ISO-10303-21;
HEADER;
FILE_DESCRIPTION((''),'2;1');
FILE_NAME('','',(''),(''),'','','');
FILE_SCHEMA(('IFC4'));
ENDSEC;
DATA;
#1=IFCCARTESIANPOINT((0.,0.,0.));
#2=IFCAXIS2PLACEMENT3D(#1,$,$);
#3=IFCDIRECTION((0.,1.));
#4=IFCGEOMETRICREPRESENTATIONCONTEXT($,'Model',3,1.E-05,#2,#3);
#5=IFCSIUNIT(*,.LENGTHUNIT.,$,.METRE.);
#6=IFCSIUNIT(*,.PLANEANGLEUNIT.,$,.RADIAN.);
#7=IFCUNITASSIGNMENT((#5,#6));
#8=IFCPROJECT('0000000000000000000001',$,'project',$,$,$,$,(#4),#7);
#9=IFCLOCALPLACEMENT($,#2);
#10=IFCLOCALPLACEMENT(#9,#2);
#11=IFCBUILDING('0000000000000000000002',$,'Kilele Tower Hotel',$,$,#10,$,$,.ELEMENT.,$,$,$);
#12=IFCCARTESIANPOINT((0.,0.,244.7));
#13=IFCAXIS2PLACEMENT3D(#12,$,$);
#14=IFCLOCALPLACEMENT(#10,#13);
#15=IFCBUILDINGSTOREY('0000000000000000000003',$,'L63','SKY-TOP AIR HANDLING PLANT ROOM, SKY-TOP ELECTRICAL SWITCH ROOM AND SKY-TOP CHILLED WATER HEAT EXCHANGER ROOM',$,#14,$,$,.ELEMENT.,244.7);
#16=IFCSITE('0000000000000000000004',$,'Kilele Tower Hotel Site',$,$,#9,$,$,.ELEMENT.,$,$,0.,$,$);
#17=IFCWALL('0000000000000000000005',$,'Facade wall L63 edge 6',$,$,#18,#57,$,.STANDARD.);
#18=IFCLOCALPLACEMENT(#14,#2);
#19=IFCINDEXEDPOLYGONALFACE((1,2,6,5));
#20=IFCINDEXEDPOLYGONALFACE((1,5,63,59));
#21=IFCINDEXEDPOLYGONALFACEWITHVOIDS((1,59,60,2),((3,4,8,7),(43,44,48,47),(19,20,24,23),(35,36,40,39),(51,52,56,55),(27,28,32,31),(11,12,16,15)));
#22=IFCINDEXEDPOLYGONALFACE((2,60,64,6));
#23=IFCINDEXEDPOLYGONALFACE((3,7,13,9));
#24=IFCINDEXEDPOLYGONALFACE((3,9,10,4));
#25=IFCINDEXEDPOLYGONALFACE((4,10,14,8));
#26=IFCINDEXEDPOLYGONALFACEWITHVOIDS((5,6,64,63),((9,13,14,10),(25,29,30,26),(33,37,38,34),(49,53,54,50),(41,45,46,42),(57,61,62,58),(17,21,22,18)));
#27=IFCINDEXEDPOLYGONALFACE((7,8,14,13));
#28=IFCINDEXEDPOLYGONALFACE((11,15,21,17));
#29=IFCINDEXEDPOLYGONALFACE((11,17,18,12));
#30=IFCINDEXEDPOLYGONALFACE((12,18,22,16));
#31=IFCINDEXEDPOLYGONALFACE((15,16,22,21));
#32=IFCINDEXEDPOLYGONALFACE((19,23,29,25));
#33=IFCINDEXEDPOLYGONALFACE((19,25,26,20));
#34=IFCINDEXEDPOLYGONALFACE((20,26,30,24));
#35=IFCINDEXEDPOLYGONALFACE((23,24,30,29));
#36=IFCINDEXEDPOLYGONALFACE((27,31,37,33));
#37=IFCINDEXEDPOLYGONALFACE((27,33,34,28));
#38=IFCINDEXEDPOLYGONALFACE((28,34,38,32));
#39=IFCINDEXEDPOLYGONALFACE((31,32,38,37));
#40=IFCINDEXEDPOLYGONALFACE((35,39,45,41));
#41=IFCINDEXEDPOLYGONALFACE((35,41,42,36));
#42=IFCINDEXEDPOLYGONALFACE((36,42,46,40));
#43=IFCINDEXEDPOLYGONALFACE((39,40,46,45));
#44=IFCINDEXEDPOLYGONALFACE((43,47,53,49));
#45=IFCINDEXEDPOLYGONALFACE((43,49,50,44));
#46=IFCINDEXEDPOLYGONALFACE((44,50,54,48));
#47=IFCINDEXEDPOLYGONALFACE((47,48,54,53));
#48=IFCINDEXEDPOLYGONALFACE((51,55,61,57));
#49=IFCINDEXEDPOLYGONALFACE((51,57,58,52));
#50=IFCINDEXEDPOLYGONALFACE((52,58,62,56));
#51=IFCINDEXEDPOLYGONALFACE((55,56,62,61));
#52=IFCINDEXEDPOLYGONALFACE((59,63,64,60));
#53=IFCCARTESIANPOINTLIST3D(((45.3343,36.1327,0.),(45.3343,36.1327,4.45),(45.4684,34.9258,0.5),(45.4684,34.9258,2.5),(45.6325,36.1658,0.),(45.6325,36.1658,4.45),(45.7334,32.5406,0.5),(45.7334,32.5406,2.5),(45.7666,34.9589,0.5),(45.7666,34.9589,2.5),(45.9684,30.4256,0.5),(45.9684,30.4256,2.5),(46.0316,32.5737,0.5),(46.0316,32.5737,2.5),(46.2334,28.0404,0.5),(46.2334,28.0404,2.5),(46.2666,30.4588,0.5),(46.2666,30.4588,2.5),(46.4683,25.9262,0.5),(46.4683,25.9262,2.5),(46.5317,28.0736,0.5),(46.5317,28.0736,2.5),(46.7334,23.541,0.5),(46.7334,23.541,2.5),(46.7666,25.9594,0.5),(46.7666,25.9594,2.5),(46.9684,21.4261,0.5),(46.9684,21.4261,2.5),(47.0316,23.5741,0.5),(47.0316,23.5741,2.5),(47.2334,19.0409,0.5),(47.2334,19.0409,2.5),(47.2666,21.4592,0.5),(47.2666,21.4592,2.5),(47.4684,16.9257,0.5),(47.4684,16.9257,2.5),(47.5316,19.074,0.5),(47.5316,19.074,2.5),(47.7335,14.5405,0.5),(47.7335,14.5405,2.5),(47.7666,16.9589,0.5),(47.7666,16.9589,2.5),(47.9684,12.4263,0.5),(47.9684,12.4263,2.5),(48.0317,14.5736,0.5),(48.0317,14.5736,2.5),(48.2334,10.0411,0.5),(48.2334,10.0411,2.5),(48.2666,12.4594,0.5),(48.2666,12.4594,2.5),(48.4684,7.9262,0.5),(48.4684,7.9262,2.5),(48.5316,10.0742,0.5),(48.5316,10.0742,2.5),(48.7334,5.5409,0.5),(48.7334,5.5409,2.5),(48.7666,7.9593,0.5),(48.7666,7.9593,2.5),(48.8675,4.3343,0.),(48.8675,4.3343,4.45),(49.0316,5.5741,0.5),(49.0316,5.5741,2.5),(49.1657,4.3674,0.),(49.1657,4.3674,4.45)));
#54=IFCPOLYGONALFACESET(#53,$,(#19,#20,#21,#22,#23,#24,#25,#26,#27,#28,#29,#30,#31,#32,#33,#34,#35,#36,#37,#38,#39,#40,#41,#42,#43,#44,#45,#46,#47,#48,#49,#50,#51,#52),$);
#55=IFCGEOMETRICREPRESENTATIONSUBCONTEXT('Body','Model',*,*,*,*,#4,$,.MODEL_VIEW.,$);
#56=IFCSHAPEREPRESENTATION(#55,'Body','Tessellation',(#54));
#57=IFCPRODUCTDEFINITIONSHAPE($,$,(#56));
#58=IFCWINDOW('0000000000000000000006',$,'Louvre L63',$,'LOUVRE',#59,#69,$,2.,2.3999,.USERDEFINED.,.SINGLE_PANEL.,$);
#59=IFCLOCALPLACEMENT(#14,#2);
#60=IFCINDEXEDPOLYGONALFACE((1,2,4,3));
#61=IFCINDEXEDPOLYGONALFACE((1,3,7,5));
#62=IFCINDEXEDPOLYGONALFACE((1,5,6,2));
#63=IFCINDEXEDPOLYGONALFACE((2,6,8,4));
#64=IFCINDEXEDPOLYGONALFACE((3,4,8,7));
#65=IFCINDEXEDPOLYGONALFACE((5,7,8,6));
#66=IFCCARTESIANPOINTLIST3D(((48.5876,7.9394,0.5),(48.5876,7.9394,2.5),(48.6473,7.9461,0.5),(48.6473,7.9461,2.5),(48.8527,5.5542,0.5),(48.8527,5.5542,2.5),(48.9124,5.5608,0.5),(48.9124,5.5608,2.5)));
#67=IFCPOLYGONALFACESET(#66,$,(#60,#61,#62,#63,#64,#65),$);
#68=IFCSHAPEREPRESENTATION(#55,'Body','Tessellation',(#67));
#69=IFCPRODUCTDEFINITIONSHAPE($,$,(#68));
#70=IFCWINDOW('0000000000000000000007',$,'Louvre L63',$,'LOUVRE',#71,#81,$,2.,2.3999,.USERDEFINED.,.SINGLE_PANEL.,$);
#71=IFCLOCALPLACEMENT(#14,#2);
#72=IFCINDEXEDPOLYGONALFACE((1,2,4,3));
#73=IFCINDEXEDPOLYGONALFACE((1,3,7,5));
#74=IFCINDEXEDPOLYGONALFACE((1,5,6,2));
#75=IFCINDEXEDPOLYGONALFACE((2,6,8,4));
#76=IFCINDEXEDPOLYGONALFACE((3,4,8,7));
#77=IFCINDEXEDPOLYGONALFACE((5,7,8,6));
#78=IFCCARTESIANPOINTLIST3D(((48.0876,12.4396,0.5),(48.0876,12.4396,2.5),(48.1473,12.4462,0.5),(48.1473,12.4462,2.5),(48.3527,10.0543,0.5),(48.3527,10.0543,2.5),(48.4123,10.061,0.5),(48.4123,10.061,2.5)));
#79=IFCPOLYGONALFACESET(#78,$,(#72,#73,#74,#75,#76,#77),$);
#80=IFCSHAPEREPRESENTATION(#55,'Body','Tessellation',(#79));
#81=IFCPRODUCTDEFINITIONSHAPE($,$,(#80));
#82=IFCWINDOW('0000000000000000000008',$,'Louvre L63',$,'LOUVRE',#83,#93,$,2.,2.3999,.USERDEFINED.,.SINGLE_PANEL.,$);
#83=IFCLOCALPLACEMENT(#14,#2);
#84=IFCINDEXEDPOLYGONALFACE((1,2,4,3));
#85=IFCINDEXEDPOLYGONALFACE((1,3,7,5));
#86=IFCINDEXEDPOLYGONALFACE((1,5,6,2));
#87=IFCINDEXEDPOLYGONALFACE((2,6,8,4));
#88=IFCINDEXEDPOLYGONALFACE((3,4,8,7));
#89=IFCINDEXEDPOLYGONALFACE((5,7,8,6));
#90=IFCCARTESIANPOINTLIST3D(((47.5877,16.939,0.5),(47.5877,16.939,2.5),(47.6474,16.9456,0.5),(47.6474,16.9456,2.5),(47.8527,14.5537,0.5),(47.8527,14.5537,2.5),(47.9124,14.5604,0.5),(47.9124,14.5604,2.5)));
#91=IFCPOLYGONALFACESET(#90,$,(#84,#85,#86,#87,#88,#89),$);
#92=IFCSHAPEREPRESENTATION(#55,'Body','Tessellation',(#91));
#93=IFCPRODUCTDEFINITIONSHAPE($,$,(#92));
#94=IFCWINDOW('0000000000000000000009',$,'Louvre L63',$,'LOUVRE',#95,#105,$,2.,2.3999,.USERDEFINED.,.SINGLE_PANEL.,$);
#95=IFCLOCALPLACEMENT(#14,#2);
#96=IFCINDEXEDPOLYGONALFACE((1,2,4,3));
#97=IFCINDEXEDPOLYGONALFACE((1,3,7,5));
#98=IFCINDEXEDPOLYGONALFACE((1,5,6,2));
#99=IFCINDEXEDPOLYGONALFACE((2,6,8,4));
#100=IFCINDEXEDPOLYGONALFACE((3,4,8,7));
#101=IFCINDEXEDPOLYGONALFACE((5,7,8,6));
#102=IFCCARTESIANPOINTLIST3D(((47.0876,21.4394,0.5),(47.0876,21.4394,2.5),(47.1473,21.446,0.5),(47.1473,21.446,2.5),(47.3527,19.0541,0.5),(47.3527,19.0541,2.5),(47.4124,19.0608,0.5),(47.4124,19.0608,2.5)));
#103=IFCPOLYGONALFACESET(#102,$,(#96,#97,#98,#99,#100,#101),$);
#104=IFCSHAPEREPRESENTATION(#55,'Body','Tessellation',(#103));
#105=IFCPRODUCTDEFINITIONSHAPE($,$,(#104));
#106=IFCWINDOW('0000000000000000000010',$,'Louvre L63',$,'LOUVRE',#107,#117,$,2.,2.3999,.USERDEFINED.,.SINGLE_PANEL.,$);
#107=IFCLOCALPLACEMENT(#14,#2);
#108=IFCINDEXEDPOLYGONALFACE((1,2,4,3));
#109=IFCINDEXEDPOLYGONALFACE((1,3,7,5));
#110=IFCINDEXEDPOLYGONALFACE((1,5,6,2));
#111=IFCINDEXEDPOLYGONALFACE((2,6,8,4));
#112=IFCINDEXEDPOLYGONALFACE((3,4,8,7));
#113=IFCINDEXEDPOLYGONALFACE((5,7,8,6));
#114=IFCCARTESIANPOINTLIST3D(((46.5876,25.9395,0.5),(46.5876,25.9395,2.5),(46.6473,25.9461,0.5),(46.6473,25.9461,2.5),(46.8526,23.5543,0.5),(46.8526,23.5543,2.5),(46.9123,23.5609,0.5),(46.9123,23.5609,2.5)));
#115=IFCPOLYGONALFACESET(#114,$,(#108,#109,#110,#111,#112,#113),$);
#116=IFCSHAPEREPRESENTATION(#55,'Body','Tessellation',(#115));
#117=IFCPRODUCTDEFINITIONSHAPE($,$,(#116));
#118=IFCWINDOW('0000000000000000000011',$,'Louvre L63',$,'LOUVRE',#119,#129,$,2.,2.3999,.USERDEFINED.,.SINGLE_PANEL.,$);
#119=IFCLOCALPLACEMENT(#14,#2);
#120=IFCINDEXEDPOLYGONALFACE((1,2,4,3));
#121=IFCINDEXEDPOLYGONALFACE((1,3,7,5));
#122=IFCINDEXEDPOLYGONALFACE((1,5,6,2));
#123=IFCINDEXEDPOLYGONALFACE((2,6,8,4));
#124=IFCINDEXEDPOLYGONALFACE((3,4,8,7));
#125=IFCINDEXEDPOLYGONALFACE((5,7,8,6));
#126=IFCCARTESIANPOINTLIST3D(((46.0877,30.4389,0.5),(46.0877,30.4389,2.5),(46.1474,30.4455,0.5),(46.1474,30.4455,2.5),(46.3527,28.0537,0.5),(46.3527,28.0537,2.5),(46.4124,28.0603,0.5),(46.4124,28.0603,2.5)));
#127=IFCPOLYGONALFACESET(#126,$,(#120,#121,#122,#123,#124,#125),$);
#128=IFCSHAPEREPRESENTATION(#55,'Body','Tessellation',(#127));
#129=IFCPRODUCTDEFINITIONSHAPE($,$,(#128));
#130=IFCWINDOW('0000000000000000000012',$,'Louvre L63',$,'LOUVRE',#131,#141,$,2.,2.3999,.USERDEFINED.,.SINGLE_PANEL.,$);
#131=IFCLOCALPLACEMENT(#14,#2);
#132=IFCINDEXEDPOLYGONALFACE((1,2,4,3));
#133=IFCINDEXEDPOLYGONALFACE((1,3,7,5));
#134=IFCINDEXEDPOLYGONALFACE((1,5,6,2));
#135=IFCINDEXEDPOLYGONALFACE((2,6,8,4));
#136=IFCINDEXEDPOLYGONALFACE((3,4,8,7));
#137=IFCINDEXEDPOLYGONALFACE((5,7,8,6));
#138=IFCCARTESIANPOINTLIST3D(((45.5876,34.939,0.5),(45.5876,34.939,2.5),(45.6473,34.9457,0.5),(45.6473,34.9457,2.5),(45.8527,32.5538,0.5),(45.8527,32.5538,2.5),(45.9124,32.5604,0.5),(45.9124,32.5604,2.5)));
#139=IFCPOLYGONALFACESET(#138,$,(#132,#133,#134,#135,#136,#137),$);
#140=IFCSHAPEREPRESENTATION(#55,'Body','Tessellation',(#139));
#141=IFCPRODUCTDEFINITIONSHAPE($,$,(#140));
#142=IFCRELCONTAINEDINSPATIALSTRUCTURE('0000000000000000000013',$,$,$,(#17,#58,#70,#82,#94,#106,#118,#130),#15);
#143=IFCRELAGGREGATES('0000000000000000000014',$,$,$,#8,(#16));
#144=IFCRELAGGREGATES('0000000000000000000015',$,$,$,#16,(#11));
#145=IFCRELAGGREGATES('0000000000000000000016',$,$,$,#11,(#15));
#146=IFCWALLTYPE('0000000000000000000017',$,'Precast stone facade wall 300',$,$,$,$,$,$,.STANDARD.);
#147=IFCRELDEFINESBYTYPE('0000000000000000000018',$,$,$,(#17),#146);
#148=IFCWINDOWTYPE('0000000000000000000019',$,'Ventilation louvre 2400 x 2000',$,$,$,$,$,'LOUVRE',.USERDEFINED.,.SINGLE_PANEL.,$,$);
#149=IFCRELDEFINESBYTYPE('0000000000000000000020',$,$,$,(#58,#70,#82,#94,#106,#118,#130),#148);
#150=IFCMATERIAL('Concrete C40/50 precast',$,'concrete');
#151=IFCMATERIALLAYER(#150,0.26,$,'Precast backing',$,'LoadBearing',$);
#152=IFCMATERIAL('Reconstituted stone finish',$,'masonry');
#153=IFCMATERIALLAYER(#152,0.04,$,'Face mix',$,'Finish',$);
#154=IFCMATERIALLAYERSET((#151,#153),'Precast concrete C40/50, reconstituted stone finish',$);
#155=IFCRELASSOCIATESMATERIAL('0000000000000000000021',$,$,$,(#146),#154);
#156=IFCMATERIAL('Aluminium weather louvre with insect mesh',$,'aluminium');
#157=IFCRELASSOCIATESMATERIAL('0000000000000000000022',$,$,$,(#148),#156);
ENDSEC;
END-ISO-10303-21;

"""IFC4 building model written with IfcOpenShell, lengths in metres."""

from ifc_helpers import new_model, si_unit, direction, frame, frame_2d, origin, place, context, subcontext, project, spatial, rectangle, extrude, material, layer, layer_set, type_object, element, fill, save


model = new_model("IFC4")

# Units and contexts
model_context = context("Model", 3, precision=1e-05, world=origin(), true_north=direction((0.0, 1.0)))
body_context = subcontext(model_context, "Body", "Model", "MODEL_VIEW")
ifc_project = project(units=[si_unit("LENGTHUNIT", "METRE"), si_unit("PLANEANGLEUNIT", "RADIAN")], contexts=[model_context])

# Site, building, storey
site_placement = place(None, origin())
site = spatial("IfcSite", under=ifc_project, at=site_placement, Name="Kilele Tower Hotel Site", CompositionType="ELEMENT", RefElevation=0.0)
building_placement = place(site_placement, origin())
building = spatial("IfcBuilding", under=site, at=building_placement, Name="Kilele Tower Hotel", CompositionType="ELEMENT")
storey_placement = place(building_placement, frame((0.0, 0.0, 244.7)))
storey = spatial("IfcBuildingStorey", under=building, at=storey_placement, Name="L63", Description="SKY-TOP AIR HANDLING PLANT ROOM, SKY-TOP ELECTRICAL SWITCH ROOM AND SKY-TOP CHILLED WATER HEAT EXCHANGER ROOM", CompositionType="ELEMENT", Elevation=244.7)

# Shared definitions
ifc_material_1 = material(Name="Concrete C40/50 precast", Category="concrete")
ifc_layer_1 = layer(ifc_material_1, 0.26, Name="Precast backing", Category="LoadBearing")
ifc_material_2 = material(Name="Reconstituted stone finish", Category="masonry")
ifc_layer_2 = layer(ifc_material_2, 0.04, Name="Face mix", Category="Finish")
ifc_layer_set_1 = layer_set([ifc_layer_1, ifc_layer_2], Name="Precast concrete C40/50, reconstituted stone finish")
wall_type_1 = type_object("IfcWallType", Name="Precast stone facade wall 300", PredefinedType="STANDARD", material=ifc_layer_set_1)
ifc_material_3 = material(Name="Aluminium weather louvre with insect mesh", Category="aluminium")
window_type_1 = type_object("IfcWindowType", Name="Ventilation louvre 2400 x 2000", ElementType="LOUVRE", PartitioningType="SINGLE_PANEL", PredefinedType="USERDEFINED", material=ifc_material_3)

# Wall, openings, windows
wall_1_placement = place(storey_placement, frame((49.0166, 4.3508, 0.0), z_axis=(0.0, 0.0, 1.0), x_axis=(-0.110433, 0.993884, 0.0)))
wall_1 = element("IfcWall", 1, at=wall_1_placement, inside=storey, type_object=wall_type_1, Name="Facade wall L63 edge 6", PredefinedType="STANDARD", context=body_context, shape_type="SweptSolid", body=[
    extrude(rectangle(XDim=31.9941, YDim=0.3, at=frame_2d((15.9971, 0.0))), origin(), (0.0, 0.0, 1.0), 4.45),
])
opening_1_placement = place(wall_1_placement, frame((1.2141, 0.0, 0.5)))
opening_1 = element("IfcOpeningElement", 2, at=opening_1_placement, cuts=wall_1, PredefinedType="OPENING", context=body_context, shape_type="SweptSolid", body=[
    extrude(rectangle(XDim=2.3999, YDim=2.0, at=frame_2d((1.2, 1.0))), frame((0.0, 0.1599, 0.0), z_axis=(0.0, -1.0, 0.0), x_axis=(1.0, 0.0, 0.0)), (0.0, 0.0, 1.0), 0.3201),
])
opening_2_placement = place(wall_1_placement, frame((5.7419, 0.0, 0.5)))
opening_2 = element("IfcOpeningElement", 3, at=opening_2_placement, cuts=wall_1, PredefinedType="OPENING", context=body_context, shape_type="SweptSolid", body=[
    extrude(rectangle(XDim=2.3999, YDim=2.0, at=frame_2d((1.2, 1.0))), frame((0.0, 0.1599, 0.0), z_axis=(0.0, -1.0, 0.0), x_axis=(1.0, 0.0, 0.0)), (0.0, 0.0, 1.0), 0.3201),
])
opening_3_placement = place(wall_1_placement, frame((10.269, 0.0, 0.5)))
opening_3 = element("IfcOpeningElement", 4, at=opening_3_placement, cuts=wall_1, PredefinedType="OPENING", context=body_context, shape_type="SweptSolid", body=[
    extrude(rectangle(XDim=2.3999, YDim=2.0, at=frame_2d((1.2, 1.0))), frame((0.0, 0.1599, 0.0), z_axis=(0.0, -1.0, 0.0), x_axis=(1.0, 0.0, 0.0)), (0.0, 0.0, 1.0), 0.3201),
])
opening_4_placement = place(wall_1_placement, frame((14.7971, 0.0, 0.5)))
opening_4 = element("IfcOpeningElement", 5, at=opening_4_placement, cuts=wall_1, PredefinedType="OPENING", context=body_context, shape_type="SweptSolid", body=[
    extrude(rectangle(XDim=2.3999, YDim=2.0, at=frame_2d((1.2, 1.0))), frame((0.0, 0.1599, 0.0), z_axis=(0.0, -1.0, 0.0), x_axis=(1.0, 0.0, 0.0)), (0.0, 0.0, 1.0), 0.3201),
])
opening_5_placement = place(wall_1_placement, frame((19.325, 0.0, 0.5)))
opening_5 = element("IfcOpeningElement", 6, at=opening_5_placement, cuts=wall_1, PredefinedType="OPENING", context=body_context, shape_type="SweptSolid", body=[
    extrude(rectangle(XDim=2.3999, YDim=2.0, at=frame_2d((1.2, 1.0))), frame((0.0, 0.1599, 0.0), z_axis=(0.0, -1.0, 0.0), x_axis=(1.0, 0.0, 0.0)), (0.0, 0.0, 1.0), 0.3201),
])
opening_6_placement = place(wall_1_placement, frame((23.8521, 0.0, 0.5)))
opening_6 = element("IfcOpeningElement", 7, at=opening_6_placement, cuts=wall_1, PredefinedType="OPENING", context=body_context, shape_type="SweptSolid", body=[
    extrude(rectangle(XDim=2.3999, YDim=2.0, at=frame_2d((1.2, 1.0))), frame((0.0, 0.1599, 0.0), z_axis=(0.0, -1.0, 0.0), x_axis=(1.0, 0.0, 0.0)), (0.0, 0.0, 1.0), 0.3201),
])
opening_7_placement = place(wall_1_placement, frame((28.3799, 0.0, 0.5)))
opening_7 = element("IfcOpeningElement", 8, at=opening_7_placement, cuts=wall_1, PredefinedType="OPENING", context=body_context, shape_type="SweptSolid", body=[
    extrude(rectangle(XDim=2.3999, YDim=2.0, at=frame_2d((1.2, 1.0))), frame((0.0, 0.1599, 0.0), z_axis=(0.0, -1.0, 0.0), x_axis=(1.0, 0.0, 0.0)), (0.0, 0.0, 1.0), 0.3201),
])
window_1_placement = place(opening_1_placement, origin())
window_1 = element("IfcWindow", 9, at=window_1_placement, inside=storey, type_object=window_type_1, Name="Louvre L63", ObjectType="LOUVRE", OverallHeight=2.0, OverallWidth=2.3999, PartitioningType="SINGLE_PANEL", PredefinedType="USERDEFINED", context=body_context, shape_type="SweptSolid", body=[
    extrude(rectangle(XDim=2.3999, YDim=2.0, at=frame_2d((1.2, 1.0))), frame((0.0, 0.03, 0.0), z_axis=(0.0, -1.0, 0.0), x_axis=(1.0, 0.0, 0.0)), (0.0, 0.0, 1.0), 0.0601),
])
fill(opening_1, window_1)
window_2_placement = place(opening_2_placement, origin())
window_2 = element("IfcWindow", 10, at=window_2_placement, inside=storey, type_object=window_type_1, Name="Louvre L63", ObjectType="LOUVRE", OverallHeight=2.0, OverallWidth=2.3999, PartitioningType="SINGLE_PANEL", PredefinedType="USERDEFINED", context=body_context, shape_type="SweptSolid", body=[
    extrude(rectangle(XDim=2.3999, YDim=2.0, at=frame_2d((1.2, 1.0))), frame((0.0, 0.03, 0.0), z_axis=(0.0, -1.0, 0.0), x_axis=(1.0, 0.0, 0.0)), (0.0, 0.0, 1.0), 0.0601),
])
fill(opening_2, window_2)
window_3_placement = place(opening_3_placement, origin())
window_3 = element("IfcWindow", 11, at=window_3_placement, inside=storey, type_object=window_type_1, Name="Louvre L63", ObjectType="LOUVRE", OverallHeight=2.0, OverallWidth=2.3999, PartitioningType="SINGLE_PANEL", PredefinedType="USERDEFINED", context=body_context, shape_type="SweptSolid", body=[
    extrude(rectangle(XDim=2.3999, YDim=2.0, at=frame_2d((1.2, 1.0))), frame((0.0, 0.03, 0.0), z_axis=(0.0, -1.0, 0.0), x_axis=(1.0, 0.0, 0.0)), (0.0, 0.0, 1.0), 0.0601),
])
fill(opening_3, window_3)
window_4_placement = place(opening_4_placement, origin())
window_4 = element("IfcWindow", 12, at=window_4_placement, inside=storey, type_object=window_type_1, Name="Louvre L63", ObjectType="LOUVRE", OverallHeight=2.0, OverallWidth=2.3999, PartitioningType="SINGLE_PANEL", PredefinedType="USERDEFINED", context=body_context, shape_type="SweptSolid", body=[
    extrude(rectangle(XDim=2.3999, YDim=2.0, at=frame_2d((1.2, 1.0))), frame((0.0, 0.03, 0.0), z_axis=(0.0, -1.0, 0.0), x_axis=(1.0, 0.0, 0.0)), (0.0, 0.0, 1.0), 0.0601),
])
fill(opening_4, window_4)
window_5_placement = place(opening_5_placement, origin())
window_5 = element("IfcWindow", 13, at=window_5_placement, inside=storey, type_object=window_type_1, Name="Louvre L63", ObjectType="LOUVRE", OverallHeight=2.0, OverallWidth=2.3999, PartitioningType="SINGLE_PANEL", PredefinedType="USERDEFINED", context=body_context, shape_type="SweptSolid", body=[
    extrude(rectangle(XDim=2.3999, YDim=2.0, at=frame_2d((1.2, 1.0))), frame((0.0, 0.03, 0.0), z_axis=(0.0, -1.0, 0.0), x_axis=(1.0, 0.0, 0.0)), (0.0, 0.0, 1.0), 0.0601),
])
fill(opening_5, window_5)
window_6_placement = place(opening_6_placement, origin())
window_6 = element("IfcWindow", 14, at=window_6_placement, inside=storey, type_object=window_type_1, Name="Louvre L63", ObjectType="LOUVRE", OverallHeight=2.0, OverallWidth=2.3999, PartitioningType="SINGLE_PANEL", PredefinedType="USERDEFINED", context=body_context, shape_type="SweptSolid", body=[
    extrude(rectangle(XDim=2.3999, YDim=2.0, at=frame_2d((1.2, 1.0))), frame((0.0, 0.03, 0.0), z_axis=(0.0, -1.0, 0.0), x_axis=(1.0, 0.0, 0.0)), (0.0, 0.0, 1.0), 0.0601),
])
fill(opening_6, window_6)
window_7_placement = place(opening_7_placement, origin())
window_7 = element("IfcWindow", 15, at=window_7_placement, inside=storey, type_object=window_type_1, Name="Louvre L63", ObjectType="LOUVRE", OverallHeight=2.0, OverallWidth=2.3999, PartitioningType="SINGLE_PANEL", PredefinedType="USERDEFINED", context=body_context, shape_type="SweptSolid", body=[
    extrude(rectangle(XDim=2.3999, YDim=2.0, at=frame_2d((1.2, 1.0))), frame((0.0, 0.03, 0.0), z_axis=(0.0, -1.0, 0.0), x_axis=(1.0, 0.0, 0.0)), (0.0, 0.0, 1.0), 0.0601),
])
fill(opening_7, window_7)

save(model, "model.ifc")
